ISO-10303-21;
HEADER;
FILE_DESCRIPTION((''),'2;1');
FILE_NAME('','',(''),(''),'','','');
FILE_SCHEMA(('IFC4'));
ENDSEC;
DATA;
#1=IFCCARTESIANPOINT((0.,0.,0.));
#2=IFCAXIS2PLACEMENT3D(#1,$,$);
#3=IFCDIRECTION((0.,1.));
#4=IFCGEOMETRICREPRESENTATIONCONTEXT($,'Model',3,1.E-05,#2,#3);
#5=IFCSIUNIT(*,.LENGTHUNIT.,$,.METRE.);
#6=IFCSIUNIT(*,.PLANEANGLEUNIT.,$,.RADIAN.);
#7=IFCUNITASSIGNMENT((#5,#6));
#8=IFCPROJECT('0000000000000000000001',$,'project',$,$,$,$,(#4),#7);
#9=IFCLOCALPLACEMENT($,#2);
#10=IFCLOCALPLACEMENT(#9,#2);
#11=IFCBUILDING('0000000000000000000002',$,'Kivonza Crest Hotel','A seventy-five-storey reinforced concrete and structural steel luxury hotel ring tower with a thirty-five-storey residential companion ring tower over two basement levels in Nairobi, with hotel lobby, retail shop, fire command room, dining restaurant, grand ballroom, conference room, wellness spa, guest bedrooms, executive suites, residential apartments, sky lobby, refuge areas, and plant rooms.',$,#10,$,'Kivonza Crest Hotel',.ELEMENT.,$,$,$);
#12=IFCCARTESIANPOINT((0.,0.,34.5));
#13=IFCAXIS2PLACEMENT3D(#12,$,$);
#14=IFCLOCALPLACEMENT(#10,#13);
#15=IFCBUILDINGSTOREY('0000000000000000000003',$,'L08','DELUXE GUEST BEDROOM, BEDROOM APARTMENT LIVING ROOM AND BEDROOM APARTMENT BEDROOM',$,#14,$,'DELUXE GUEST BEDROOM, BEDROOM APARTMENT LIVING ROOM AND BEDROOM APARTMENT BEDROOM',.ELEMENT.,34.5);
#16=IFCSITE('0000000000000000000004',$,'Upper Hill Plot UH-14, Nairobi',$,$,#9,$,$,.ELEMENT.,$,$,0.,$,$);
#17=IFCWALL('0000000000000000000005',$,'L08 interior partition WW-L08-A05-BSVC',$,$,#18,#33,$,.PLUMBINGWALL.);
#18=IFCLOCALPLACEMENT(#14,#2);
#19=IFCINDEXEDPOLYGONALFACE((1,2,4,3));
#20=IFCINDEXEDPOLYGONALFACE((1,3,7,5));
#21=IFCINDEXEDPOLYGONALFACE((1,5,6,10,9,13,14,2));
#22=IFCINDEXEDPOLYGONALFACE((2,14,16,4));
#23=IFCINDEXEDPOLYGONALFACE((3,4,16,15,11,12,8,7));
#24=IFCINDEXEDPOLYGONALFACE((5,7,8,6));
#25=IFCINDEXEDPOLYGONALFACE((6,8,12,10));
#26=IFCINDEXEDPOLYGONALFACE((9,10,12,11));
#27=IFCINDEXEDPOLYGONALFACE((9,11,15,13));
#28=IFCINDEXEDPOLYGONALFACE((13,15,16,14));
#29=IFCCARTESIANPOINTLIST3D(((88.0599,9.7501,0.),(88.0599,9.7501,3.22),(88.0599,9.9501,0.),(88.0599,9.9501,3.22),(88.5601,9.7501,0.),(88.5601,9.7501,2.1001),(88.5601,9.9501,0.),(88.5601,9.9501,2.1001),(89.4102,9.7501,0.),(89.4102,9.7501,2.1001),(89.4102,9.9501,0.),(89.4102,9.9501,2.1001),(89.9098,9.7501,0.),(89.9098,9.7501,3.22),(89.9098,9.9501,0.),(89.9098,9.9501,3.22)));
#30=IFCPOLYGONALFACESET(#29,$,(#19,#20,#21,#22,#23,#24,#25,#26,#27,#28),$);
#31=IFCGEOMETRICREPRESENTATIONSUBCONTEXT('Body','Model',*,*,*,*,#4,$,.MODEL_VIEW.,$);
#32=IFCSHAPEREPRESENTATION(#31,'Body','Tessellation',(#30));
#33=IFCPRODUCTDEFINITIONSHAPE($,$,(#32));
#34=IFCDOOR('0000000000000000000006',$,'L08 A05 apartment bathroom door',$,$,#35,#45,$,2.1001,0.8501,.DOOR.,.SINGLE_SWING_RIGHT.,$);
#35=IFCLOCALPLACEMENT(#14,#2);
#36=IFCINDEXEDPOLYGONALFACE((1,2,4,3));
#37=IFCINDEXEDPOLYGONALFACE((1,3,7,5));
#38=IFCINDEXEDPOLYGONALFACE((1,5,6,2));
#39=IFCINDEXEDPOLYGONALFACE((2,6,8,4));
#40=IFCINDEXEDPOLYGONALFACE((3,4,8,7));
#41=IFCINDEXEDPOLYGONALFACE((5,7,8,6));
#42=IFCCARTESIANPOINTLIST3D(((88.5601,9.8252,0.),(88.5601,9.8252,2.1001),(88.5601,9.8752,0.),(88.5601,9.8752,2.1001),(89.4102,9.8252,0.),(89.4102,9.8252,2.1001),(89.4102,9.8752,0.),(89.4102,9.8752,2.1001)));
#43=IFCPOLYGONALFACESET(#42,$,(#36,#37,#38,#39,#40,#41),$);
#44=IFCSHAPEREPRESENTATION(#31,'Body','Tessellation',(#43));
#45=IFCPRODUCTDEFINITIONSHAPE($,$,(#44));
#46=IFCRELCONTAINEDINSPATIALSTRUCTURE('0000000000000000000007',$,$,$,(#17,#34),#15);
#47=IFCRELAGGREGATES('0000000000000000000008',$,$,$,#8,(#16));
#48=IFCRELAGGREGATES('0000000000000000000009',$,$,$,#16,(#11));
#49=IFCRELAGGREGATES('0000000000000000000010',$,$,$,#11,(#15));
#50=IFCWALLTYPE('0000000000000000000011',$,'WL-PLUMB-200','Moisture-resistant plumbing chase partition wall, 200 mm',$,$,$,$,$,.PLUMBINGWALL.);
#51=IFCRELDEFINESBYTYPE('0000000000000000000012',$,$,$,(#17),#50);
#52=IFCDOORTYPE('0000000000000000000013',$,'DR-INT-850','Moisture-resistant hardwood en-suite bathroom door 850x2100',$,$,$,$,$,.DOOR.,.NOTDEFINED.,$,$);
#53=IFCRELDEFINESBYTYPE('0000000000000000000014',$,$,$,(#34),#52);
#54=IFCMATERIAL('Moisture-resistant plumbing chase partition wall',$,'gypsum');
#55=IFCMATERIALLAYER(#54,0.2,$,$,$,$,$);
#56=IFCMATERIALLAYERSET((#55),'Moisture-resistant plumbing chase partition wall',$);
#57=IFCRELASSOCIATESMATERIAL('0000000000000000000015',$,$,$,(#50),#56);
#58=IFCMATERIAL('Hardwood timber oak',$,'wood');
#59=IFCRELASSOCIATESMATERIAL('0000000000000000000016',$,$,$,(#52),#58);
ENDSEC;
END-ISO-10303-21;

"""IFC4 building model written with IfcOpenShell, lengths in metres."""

from ifc_helpers import new_model, si_unit, direction, frame, frame_2d, origin, place, context, subcontext, project, spatial, rectangle, extrude, material, layer, layer_set, type_object, element, fill, save


model = new_model("IFC4")

# Units and contexts
model_context = context("Model", 3, precision=1e-05, world=origin(), true_north=direction((0.0, 1.0)))
body_context = subcontext(model_context, "Body", "Model", "MODEL_VIEW")
ifc_project = project(units=[si_unit("LENGTHUNIT", "METRE"), si_unit("PLANEANGLEUNIT", "RADIAN")], contexts=[model_context])

# Site, building, storey
site_placement = place(None, origin())
site = spatial("IfcSite", under=ifc_project, at=site_placement, Name="Upper Hill Plot UH-14, Nairobi", CompositionType="ELEMENT", RefElevation=0.0)
building_placement = place(site_placement, origin())
building = spatial("IfcBuilding", under=site, at=building_placement, Name="Kivonza Crest Hotel", Description="A seventy-five-storey reinforced concrete and structural steel luxury hotel ring tower with a thirty-five-storey residential companion ring tower over two basement levels in Nairobi, with hotel lobby, retail shop, fire command room, dining restaurant, grand ballroom, conference room, wellness spa, guest bedrooms, executive suites, residential apartments, sky lobby, refuge areas, and plant rooms.", LongName="Kivonza Crest Hotel", CompositionType="ELEMENT")
storey_placement = place(building_placement, frame((0.0, 0.0, 34.5)))
storey = spatial("IfcBuildingStorey", under=building, at=storey_placement, Name="L08", Description="DELUXE GUEST BEDROOM, BEDROOM APARTMENT LIVING ROOM AND BEDROOM APARTMENT BEDROOM", LongName="DELUXE GUEST BEDROOM, BEDROOM APARTMENT LIVING ROOM AND BEDROOM APARTMENT BEDROOM", CompositionType="ELEMENT", Elevation=34.5)

# Shared definitions
ifc_material_1 = material(Name="Hardwood timber oak", Category="wood")

# Shared definitions
ifc_material_2 = material(Name="Moisture-resistant plumbing chase partition wall", Category="gypsum")
ifc_layer_1 = layer(ifc_material_2, 0.2)
ifc_layer_set_1 = layer_set([ifc_layer_1], Name="Moisture-resistant plumbing chase partition wall")
wall_type_1 = type_object("IfcWallType", Name="WL-PLUMB-200", Description="Moisture-resistant plumbing chase partition wall, 200 mm", PredefinedType="PLUMBINGWALL", material=ifc_layer_set_1)

# Wall, opening, door
wall_1_placement = place(storey_placement, frame((88.0601, 9.8501, 0.0), z_axis=(0.0, 0.0, 1.0), x_axis=(1.0, 0.0, 0.0)))
wall_1 = element("IfcWall", 1, at=wall_1_placement, inside=storey, type_object=wall_type_1, Name="L08 interior partition WW-L08-A05-BSVC", PredefinedType="PLUMBINGWALL", context=body_context, shape_type="SweptSolid", body=[
    extrude(rectangle(XDim=1.8499, YDim=0.2, at=frame_2d((0.9248, 0.0))), origin(), (0.0, 0.0, 1.0), 3.22),
])
opening_1_placement = place(wall_1_placement, frame((0.5, 0.0, 0.0)))
opening_1 = element("IfcOpeningElement", 2, at=opening_1_placement, cuts=wall_1, PredefinedType="OPENING", context=body_context, shape_type="SweptSolid", body=[
    extrude(rectangle(XDim=0.8501, YDim=2.1001, at=frame_2d((0.425, 1.05))), frame((0.0, 0.1099, 0.0), z_axis=(0.0, -1.0, 0.0), x_axis=(1.0, 0.0, 0.0)), (0.0, 0.0, 1.0), 0.22),
])
door_type_1 = type_object("IfcDoorType", Name="DR-INT-850", Description="Moisture-resistant hardwood en-suite bathroom door 850x2100", OperationType="NOTDEFINED", PredefinedType="DOOR", material=ifc_material_1)
door_1_placement = place(opening_1_placement, frame((0.8501, 0.0, 0.0), z_axis=(0.0, 0.0, 1.0), x_axis=(-1.0, 0.0, 0.0)))
door_1 = element("IfcDoor", 3, at=door_1_placement, inside=storey, type_object=door_type_1, Name="L08 A05 apartment bathroom door", OperationType="SINGLE_SWING_RIGHT", OverallHeight=2.1001, OverallWidth=0.8501, PredefinedType="DOOR", context=body_context, shape_type="SweptSolid", body=[
    extrude(rectangle(XDim=0.8501, YDim=2.1001, at=frame_2d((0.425, 1.05))), frame((0.0, 0.0249, 0.0), z_axis=(0.0, -1.0, 0.0), x_axis=(1.0, 0.0, 0.0)), (0.0, 0.0, 1.0), 0.05),
])
fill(opening_1, door_1)

save(model, "model.ifc")
